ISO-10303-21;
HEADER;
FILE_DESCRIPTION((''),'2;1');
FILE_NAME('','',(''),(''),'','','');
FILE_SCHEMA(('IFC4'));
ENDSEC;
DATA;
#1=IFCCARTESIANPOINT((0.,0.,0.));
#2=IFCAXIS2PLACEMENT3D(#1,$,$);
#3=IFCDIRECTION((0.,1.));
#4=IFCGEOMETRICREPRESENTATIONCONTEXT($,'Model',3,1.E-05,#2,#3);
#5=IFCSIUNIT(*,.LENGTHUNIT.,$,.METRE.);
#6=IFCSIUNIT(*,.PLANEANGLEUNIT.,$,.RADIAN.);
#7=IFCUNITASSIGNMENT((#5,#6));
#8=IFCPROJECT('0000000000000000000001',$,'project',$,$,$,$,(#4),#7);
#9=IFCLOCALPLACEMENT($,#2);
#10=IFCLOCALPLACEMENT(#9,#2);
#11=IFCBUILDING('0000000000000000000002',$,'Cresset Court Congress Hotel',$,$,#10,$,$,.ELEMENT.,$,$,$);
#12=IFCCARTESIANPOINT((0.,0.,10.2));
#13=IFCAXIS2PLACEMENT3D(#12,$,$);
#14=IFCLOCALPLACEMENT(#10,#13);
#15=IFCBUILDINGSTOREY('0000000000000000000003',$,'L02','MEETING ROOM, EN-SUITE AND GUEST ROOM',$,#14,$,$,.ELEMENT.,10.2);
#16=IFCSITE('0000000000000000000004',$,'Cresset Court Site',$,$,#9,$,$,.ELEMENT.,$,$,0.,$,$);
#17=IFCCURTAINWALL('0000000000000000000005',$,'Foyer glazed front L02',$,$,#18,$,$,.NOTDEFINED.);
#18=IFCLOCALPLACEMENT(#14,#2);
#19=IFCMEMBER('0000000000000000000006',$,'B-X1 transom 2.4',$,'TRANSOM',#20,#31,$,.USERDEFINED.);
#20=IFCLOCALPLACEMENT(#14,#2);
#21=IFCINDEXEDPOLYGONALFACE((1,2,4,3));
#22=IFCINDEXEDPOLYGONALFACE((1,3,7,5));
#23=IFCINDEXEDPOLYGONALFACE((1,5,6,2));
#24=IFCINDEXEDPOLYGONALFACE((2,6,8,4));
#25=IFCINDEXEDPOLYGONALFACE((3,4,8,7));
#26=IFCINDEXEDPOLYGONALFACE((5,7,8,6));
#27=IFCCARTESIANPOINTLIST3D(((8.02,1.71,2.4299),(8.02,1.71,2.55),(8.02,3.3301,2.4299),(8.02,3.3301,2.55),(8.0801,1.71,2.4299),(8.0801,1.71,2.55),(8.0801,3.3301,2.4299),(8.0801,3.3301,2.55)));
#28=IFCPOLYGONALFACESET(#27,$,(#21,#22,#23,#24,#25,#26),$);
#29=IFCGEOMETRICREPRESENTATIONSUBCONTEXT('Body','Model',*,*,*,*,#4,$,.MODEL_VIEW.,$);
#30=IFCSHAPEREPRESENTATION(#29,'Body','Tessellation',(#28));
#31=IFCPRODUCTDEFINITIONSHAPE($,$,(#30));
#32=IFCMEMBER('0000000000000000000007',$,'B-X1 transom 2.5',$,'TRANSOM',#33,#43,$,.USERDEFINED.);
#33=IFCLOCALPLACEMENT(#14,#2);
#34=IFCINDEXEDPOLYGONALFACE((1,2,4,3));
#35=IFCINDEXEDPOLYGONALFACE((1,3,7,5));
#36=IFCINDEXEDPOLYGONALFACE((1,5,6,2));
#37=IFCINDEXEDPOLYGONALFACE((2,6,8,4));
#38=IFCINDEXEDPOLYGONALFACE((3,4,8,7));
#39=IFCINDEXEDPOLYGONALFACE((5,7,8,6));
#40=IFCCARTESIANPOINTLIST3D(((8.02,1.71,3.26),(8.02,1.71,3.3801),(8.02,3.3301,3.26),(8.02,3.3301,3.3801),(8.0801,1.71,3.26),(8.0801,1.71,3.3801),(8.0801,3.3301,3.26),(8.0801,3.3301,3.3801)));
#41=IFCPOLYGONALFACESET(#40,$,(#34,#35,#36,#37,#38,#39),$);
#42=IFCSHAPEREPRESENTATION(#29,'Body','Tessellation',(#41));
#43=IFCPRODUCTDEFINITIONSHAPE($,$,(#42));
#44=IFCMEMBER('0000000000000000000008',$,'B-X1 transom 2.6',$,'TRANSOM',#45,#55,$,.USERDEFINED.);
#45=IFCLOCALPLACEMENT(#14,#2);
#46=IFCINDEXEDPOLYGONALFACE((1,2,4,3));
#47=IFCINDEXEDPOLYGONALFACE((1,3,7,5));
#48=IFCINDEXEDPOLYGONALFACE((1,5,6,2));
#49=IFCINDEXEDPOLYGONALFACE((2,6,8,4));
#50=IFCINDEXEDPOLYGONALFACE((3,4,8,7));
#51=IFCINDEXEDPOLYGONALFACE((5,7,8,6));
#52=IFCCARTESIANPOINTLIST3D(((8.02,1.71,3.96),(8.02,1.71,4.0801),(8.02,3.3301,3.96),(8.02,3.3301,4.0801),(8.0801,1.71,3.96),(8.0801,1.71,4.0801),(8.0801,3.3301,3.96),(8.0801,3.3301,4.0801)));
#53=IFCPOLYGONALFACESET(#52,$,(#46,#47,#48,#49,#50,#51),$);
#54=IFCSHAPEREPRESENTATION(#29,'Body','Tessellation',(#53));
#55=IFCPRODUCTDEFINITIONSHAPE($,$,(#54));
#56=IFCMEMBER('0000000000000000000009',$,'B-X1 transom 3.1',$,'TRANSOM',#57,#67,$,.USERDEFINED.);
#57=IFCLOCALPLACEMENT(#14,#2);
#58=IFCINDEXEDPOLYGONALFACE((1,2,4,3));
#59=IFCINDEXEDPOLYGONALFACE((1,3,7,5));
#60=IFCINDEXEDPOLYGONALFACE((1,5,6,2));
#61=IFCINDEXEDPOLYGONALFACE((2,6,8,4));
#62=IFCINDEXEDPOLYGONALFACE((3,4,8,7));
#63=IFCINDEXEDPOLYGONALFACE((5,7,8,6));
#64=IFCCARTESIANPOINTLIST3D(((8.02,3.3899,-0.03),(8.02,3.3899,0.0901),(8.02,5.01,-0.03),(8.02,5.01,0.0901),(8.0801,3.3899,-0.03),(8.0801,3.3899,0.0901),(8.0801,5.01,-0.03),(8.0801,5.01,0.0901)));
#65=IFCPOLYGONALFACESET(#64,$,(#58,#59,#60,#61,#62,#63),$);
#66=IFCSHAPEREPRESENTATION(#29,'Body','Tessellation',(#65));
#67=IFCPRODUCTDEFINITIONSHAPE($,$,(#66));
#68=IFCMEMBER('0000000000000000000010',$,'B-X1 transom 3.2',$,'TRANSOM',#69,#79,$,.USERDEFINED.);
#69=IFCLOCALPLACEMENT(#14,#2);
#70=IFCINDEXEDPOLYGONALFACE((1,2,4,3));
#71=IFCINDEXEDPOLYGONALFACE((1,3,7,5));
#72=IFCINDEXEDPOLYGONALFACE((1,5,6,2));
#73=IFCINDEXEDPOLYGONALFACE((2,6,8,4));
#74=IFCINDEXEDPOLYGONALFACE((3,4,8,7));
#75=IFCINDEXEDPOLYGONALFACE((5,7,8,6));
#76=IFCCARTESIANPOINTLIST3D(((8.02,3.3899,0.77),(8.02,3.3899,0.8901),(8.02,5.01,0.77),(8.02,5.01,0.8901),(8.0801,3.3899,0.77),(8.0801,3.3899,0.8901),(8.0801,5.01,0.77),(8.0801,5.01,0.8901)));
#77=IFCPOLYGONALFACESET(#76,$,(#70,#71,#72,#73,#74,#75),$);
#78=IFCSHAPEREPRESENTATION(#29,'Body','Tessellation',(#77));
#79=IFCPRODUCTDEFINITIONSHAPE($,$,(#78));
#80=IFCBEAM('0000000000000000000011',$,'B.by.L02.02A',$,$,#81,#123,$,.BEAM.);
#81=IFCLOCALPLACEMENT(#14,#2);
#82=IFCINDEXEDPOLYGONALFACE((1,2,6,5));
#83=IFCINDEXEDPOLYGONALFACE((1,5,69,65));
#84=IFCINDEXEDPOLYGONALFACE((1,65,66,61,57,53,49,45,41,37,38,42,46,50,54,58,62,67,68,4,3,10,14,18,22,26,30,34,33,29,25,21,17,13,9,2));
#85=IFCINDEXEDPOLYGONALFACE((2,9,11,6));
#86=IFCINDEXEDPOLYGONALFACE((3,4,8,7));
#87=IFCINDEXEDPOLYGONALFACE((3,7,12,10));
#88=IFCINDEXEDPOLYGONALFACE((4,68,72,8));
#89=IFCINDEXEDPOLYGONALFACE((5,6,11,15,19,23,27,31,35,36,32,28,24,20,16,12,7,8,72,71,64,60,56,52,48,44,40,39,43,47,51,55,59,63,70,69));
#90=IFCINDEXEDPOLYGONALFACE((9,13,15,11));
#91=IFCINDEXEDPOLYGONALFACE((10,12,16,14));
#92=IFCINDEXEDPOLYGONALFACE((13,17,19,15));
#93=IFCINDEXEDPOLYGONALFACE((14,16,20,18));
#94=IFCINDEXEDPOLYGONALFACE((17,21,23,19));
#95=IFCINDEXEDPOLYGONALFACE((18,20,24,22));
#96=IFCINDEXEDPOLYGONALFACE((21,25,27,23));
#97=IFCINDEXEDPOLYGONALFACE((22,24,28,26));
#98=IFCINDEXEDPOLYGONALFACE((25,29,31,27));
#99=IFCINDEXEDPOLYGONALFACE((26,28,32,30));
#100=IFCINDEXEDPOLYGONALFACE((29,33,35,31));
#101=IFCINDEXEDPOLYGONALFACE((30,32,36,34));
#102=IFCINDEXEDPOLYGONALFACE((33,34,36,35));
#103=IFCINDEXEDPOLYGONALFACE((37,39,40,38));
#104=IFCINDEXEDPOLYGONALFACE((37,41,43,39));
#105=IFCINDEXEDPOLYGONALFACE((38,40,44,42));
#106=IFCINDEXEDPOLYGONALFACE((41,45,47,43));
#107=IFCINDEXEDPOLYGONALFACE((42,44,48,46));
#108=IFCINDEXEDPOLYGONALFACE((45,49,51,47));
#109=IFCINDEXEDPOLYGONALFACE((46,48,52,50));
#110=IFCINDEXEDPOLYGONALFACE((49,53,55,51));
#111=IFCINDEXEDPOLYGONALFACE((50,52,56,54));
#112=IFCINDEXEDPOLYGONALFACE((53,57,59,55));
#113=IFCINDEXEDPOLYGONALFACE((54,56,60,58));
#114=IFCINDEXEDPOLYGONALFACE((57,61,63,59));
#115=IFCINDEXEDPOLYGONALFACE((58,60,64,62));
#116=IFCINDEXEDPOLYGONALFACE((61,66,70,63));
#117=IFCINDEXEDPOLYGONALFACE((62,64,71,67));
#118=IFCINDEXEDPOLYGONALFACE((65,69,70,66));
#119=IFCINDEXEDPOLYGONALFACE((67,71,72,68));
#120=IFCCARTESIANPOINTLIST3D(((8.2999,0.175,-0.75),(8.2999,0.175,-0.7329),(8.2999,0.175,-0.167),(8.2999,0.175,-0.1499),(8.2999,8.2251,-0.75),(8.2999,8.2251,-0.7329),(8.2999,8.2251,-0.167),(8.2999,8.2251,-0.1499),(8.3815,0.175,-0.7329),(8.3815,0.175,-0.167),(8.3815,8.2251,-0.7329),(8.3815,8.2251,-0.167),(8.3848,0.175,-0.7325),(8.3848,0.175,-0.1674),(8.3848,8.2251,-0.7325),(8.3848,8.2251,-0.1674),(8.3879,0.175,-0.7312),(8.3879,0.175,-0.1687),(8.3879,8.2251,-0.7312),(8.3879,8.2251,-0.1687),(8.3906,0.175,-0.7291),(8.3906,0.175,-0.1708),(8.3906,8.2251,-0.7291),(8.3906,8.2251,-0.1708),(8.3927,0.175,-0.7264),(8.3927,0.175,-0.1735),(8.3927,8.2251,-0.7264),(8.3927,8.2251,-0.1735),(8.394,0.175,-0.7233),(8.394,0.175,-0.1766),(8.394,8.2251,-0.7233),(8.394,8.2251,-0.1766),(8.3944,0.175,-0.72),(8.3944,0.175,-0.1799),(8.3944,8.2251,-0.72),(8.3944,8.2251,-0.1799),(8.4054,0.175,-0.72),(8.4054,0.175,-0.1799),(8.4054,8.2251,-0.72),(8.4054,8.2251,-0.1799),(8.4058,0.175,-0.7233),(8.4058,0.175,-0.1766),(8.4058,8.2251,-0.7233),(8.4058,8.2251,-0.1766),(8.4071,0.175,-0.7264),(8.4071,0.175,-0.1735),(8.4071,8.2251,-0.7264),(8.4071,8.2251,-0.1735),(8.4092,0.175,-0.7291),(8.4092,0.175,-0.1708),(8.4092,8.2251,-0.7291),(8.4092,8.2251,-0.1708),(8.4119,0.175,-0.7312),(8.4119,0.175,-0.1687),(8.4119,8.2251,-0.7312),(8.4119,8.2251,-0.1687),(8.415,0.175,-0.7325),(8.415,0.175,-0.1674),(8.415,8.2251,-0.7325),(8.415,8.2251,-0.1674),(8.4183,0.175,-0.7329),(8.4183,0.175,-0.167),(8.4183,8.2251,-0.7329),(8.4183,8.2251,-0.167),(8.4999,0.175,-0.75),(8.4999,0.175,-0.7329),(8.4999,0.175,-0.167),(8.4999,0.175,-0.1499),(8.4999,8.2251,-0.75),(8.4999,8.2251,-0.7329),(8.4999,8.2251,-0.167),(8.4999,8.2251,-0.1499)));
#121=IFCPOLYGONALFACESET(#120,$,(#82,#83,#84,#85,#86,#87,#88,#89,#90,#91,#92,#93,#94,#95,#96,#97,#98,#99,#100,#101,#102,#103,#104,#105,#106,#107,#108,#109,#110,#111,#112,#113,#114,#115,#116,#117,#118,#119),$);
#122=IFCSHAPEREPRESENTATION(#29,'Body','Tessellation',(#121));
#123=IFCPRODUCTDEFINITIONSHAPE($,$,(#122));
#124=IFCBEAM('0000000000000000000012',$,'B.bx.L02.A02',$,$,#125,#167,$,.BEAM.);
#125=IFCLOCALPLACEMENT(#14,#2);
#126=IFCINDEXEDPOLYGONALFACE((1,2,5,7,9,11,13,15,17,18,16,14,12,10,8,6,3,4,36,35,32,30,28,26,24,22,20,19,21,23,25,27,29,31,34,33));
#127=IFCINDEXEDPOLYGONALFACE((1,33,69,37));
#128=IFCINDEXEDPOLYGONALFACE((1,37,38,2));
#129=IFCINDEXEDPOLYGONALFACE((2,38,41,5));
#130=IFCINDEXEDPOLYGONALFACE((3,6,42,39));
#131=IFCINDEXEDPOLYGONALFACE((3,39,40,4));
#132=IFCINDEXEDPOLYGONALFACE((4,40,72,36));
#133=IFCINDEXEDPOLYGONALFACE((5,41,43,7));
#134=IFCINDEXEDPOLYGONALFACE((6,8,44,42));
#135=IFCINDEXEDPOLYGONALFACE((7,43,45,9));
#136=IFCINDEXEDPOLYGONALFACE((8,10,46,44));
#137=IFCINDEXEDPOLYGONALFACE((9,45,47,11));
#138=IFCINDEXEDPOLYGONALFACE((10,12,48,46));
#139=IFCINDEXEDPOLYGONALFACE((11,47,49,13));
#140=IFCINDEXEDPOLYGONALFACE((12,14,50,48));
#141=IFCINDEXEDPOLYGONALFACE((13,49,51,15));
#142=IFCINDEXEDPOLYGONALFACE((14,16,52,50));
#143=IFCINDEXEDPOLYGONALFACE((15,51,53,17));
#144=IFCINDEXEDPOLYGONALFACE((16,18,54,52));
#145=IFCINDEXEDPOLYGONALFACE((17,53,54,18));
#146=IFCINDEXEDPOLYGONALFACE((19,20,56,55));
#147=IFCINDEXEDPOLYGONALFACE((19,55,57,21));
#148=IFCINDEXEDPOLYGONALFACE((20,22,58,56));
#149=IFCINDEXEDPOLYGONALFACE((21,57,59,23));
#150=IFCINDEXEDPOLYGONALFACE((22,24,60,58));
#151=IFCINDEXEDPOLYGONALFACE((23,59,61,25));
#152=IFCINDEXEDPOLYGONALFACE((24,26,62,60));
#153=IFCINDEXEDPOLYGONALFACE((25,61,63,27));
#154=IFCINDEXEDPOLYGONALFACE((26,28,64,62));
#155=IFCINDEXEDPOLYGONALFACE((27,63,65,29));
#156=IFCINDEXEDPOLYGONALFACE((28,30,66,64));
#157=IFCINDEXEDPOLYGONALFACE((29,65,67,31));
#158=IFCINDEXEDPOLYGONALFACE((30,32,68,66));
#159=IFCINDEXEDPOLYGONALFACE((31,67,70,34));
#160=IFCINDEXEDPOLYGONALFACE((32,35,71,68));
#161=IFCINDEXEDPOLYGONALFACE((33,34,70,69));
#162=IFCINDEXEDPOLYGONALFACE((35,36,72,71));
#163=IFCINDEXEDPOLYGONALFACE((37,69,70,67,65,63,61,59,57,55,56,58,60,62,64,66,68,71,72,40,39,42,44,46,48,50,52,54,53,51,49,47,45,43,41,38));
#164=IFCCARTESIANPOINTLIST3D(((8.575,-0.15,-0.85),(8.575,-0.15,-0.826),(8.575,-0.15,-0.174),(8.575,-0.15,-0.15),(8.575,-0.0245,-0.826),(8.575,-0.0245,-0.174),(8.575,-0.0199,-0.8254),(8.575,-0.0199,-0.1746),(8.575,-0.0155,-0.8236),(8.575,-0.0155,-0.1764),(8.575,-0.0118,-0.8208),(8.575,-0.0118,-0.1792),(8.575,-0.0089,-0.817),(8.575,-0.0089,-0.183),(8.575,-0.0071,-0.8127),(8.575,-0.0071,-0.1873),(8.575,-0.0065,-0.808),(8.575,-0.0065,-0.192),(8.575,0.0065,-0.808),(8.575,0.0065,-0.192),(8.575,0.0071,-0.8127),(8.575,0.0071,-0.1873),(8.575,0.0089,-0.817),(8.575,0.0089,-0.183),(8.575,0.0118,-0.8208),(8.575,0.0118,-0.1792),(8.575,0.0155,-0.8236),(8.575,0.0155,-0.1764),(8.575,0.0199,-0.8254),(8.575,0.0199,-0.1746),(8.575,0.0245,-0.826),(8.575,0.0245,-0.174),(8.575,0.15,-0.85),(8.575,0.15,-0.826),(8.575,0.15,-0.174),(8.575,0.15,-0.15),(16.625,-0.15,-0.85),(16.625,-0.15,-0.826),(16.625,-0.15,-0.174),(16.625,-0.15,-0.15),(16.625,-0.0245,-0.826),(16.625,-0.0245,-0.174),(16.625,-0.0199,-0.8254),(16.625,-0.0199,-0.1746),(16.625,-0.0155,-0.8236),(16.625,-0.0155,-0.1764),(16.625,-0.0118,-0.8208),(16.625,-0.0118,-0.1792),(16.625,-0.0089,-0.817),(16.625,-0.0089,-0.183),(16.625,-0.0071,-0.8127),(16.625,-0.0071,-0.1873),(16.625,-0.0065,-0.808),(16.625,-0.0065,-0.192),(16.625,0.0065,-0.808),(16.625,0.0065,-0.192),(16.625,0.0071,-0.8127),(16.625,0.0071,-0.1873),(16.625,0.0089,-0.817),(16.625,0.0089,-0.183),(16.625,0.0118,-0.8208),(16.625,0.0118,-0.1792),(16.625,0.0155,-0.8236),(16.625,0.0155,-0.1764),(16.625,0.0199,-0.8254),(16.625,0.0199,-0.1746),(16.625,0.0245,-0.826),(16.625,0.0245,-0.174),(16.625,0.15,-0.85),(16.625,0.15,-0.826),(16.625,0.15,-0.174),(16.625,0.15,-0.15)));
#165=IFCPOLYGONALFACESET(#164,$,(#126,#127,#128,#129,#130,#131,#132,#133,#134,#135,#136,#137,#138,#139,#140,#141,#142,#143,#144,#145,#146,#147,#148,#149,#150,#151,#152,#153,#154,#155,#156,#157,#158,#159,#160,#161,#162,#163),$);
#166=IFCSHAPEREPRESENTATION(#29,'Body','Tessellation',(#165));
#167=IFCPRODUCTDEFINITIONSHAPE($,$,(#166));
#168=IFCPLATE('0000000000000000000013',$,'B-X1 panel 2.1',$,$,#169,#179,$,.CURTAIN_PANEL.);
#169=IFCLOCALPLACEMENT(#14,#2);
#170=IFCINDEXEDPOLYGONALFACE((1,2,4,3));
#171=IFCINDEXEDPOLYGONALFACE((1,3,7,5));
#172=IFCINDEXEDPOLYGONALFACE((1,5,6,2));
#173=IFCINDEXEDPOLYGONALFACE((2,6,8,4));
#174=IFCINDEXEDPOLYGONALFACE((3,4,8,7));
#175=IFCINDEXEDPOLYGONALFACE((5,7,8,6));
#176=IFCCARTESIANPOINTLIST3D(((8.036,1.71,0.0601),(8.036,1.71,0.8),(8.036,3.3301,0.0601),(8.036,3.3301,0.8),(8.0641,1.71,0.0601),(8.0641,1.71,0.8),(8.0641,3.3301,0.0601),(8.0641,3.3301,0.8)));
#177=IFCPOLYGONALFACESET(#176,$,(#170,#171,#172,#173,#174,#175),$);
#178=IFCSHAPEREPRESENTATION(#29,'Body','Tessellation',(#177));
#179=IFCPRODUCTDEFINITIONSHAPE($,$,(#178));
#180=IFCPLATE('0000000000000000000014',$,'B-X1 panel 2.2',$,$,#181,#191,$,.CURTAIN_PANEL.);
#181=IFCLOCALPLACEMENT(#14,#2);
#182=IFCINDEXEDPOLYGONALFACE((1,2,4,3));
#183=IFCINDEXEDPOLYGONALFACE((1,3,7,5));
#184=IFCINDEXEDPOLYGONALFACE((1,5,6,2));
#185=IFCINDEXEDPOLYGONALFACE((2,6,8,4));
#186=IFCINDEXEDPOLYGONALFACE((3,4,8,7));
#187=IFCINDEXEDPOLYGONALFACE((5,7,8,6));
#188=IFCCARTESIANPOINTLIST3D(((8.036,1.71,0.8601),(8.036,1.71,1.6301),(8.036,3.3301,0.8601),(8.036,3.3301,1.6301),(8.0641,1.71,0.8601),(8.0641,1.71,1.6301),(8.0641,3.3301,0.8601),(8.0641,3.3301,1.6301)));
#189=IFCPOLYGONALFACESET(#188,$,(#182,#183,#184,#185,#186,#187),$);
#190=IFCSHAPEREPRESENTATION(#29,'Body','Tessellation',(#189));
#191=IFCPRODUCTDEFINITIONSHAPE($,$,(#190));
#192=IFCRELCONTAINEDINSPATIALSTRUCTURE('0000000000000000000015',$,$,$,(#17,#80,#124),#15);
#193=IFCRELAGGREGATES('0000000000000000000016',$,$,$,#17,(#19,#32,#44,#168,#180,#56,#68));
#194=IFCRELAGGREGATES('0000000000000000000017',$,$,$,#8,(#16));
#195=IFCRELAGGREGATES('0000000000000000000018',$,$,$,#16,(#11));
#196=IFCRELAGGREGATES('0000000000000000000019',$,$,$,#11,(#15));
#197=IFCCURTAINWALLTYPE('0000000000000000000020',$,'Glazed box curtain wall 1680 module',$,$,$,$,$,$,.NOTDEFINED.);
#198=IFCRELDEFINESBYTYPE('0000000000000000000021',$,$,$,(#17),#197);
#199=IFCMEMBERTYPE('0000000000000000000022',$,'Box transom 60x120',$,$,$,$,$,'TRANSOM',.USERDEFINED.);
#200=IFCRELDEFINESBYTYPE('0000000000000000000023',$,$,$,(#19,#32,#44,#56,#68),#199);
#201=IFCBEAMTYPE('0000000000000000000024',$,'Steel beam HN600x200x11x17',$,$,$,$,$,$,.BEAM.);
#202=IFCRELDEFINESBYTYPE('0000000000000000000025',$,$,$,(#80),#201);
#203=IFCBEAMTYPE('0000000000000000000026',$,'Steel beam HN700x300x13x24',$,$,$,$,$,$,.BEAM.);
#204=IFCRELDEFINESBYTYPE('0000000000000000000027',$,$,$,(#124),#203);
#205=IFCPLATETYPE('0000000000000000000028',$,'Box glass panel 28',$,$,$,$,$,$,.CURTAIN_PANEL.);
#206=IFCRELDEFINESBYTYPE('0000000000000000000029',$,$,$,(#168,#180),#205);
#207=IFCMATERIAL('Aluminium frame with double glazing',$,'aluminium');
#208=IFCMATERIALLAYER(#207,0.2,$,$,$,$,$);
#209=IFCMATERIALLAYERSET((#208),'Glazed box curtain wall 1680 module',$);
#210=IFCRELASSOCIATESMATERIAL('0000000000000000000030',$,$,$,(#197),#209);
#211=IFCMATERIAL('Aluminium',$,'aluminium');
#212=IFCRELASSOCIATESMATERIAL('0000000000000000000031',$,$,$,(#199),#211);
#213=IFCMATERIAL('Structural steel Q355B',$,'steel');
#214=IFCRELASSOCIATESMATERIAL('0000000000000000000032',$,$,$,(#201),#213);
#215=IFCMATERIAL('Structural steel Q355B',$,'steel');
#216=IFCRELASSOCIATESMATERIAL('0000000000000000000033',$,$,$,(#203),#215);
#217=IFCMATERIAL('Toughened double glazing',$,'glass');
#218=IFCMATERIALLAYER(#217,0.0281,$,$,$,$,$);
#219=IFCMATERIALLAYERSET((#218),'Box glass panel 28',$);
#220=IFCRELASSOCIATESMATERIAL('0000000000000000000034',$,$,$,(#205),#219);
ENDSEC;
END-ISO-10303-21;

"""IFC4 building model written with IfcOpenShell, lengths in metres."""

from ifc_helpers import new_model, si_unit, direction, frame, origin, origin_2d, place, context, subcontext, project, spatial, rectangle, i_section, extrude, material, layer, layer_set, material_profile, profile_set, type_object, element, aggregate, save


model = new_model("IFC4")

# Units and contexts
model_context = context("Model", 3, precision=1e-05, world=origin(), true_north=direction((0.0, 1.0)))
body_context = subcontext(model_context, "Body", "Model", "MODEL_VIEW")
ifc_project = project(units=[si_unit("LENGTHUNIT", "METRE"), si_unit("PLANEANGLEUNIT", "RADIAN")], contexts=[model_context])

# Site, building, storey
site_placement = place(None, origin())
site = spatial("IfcSite", under=ifc_project, at=site_placement, Name="Cresset Court Site", CompositionType="ELEMENT", RefElevation=0.0)
building_placement = place(site_placement, origin())
building = spatial("IfcBuilding", under=site, at=building_placement, Name="Cresset Court Congress Hotel", CompositionType="ELEMENT")
storey_placement = place(building_placement, frame((0.0, 0.0, 10.2)))
storey = spatial("IfcBuildingStorey", under=building, at=storey_placement, Name="L02", Description="MEETING ROOM, EN-SUITE AND GUEST ROOM", CompositionType="ELEMENT", Elevation=10.2)

# Shared definitions
ifc_material_1 = material(Name="Aluminium frame with double glazing", Category="aluminium")
ifc_layer_1 = layer(ifc_material_1, 0.2)
ifc_layer_set_1 = layer_set([ifc_layer_1], Name="Glazed box curtain wall 1680 module")
curtain_wall_type = type_object("IfcCurtainWallType", Name="Glazed box curtain wall 1680 module", PredefinedType="NOTDEFINED", material=ifc_layer_set_1)

# Curtain wall
curtain_wall_1_placement = place(storey_placement, origin())
curtain_wall_1 = element("IfcCurtainWall", 1, at=curtain_wall_1_placement, inside=storey, type_object=curtain_wall_type, Name="Foyer glazed front L02", PredefinedType="NOTDEFINED")

# Members
ifc_material_2 = material(Name="Aluminium", Category="aluminium")
ifc_material_profile_1 = material_profile(ifc_material_2, rectangle(XDim=0.0601, YDim=0.1201, at=origin_2d()), Name="Box transom 60x120")
ifc_profile_set_1 = profile_set([ifc_material_profile_1], Name="Aluminium")
member_type_1 = type_object("IfcMemberType", Name="Box transom 60x120", ElementType="TRANSOM", PredefinedType="USERDEFINED", material=ifc_profile_set_1)
member_1_placement = place(storey_placement, frame((8.05, 1.71, 2.49), z_axis=(0.0, 1.0, 0.0), x_axis=(-1.0, 0.0, 0.0)))
member_1 = element("IfcMember", 2, at=member_1_placement, type_object=member_type_1, Name="B-X1 transom 2.4", ObjectType="TRANSOM", PredefinedType="USERDEFINED", context=body_context, shape_type="SweptSolid", body=[
    extrude(rectangle(XDim=0.0601, YDim=0.1201, at=origin_2d()), origin(), (0.0, 0.0, 1.0), 1.6201),
])
member_2_placement = place(storey_placement, frame((8.05, 1.71, 3.3201), z_axis=(0.0, 1.0, 0.0), x_axis=(-1.0, 0.0, 0.0)))
member_2 = element("IfcMember", 3, at=member_2_placement, type_object=member_type_1, Name="B-X1 transom 2.5", ObjectType="TRANSOM", PredefinedType="USERDEFINED", context=body_context, shape_type="SweptSolid", body=[
    extrude(rectangle(XDim=0.0601, YDim=0.1201, at=origin_2d()), origin(), (0.0, 0.0, 1.0), 1.6201),
])
member_3_placement = place(storey_placement, frame((8.05, 1.71, 4.02), z_axis=(0.0, 1.0, 0.0), x_axis=(-1.0, 0.0, 0.0)))
member_3 = element("IfcMember", 4, at=member_3_placement, type_object=member_type_1, Name="B-X1 transom 2.6", ObjectType="TRANSOM", PredefinedType="USERDEFINED", context=body_context, shape_type="SweptSolid", body=[
    extrude(rectangle(XDim=0.0601, YDim=0.1201, at=origin_2d()), origin(), (0.0, 0.0, 1.0), 1.6201),
])
member_4_placement = place(storey_placement, frame((8.05, 3.3899, 0.03), z_axis=(0.0, 1.0, 0.0), x_axis=(-1.0, 0.0, 0.0)))
member_4 = element("IfcMember", 5, at=member_4_placement, type_object=member_type_1, Name="B-X1 transom 3.1", ObjectType="TRANSOM", PredefinedType="USERDEFINED", context=body_context, shape_type="SweptSolid", body=[
    extrude(rectangle(XDim=0.0601, YDim=0.1201, at=origin_2d()), origin(), (0.0, 0.0, 1.0), 1.6201),
])
member_5_placement = place(storey_placement, frame((8.05, 3.3899, 0.8301), z_axis=(0.0, 1.0, 0.0), x_axis=(-1.0, 0.0, 0.0)))
member_5 = element("IfcMember", 6, at=member_5_placement, type_object=member_type_1, Name="B-X1 transom 3.2", ObjectType="TRANSOM", PredefinedType="USERDEFINED", context=body_context, shape_type="SweptSolid", body=[
    extrude(rectangle(XDim=0.0601, YDim=0.1201, at=origin_2d()), origin(), (0.0, 0.0, 1.0), 1.6201),
])

# Beams
ifc_material_3 = material(Name="Structural steel Q355B", Category="steel")
ifc_material_profile_2 = material_profile(ifc_material_3, i_section(OverallWidth=0.2, OverallDepth=0.6001, WebThickness=0.011, FlangeThickness=0.0171, FilletRadius=0.0129, at=origin_2d()), Name="HN600x200x11x17")
ifc_profile_set_2 = profile_set([ifc_material_profile_2], Name="Structural steel Q355B")
beam_type_1 = type_object("IfcBeamType", Name="Steel beam HN600x200x11x17", PredefinedType="BEAM", material=ifc_profile_set_2)
beam_1_placement = place(storey_placement, frame((8.3999, 0.175, -0.45), z_axis=(0.0, 1.0, 0.0), x_axis=(-1.0, 0.0, 0.0)))
element("IfcBeam", 7, at=beam_1_placement, inside=storey, type_object=beam_type_1, Name="B.by.L02.02A", PredefinedType="BEAM", context=body_context, shape_type="SweptSolid", body=[
    extrude(i_section(OverallWidth=0.2, OverallDepth=0.6001, WebThickness=0.011, FlangeThickness=0.0171, FilletRadius=0.0129, at=origin_2d()), origin(), (0.0, 0.0, 1.0), 8.05),
])
ifc_material_4 = material(Name="Structural steel Q355B", Category="steel")
ifc_material_profile_3 = material_profile(ifc_material_4, i_section(OverallWidth=0.3, OverallDepth=0.7, WebThickness=0.0129, FlangeThickness=0.0239, FilletRadius=0.0181, at=origin_2d()), Name="HN700x300x13x24")
ifc_profile_set_3 = profile_set([ifc_material_profile_3], Name="Structural steel Q355B")
beam_type_2 = type_object("IfcBeamType", Name="Steel beam HN700x300x13x24", PredefinedType="BEAM", material=ifc_profile_set_3)
beam_2_placement = place(storey_placement, frame((8.575, 0.0, -0.5), z_axis=(1.0, 0.0, 0.0), x_axis=(0.0, 1.0, 0.0)))
element("IfcBeam", 8, at=beam_2_placement, inside=storey, type_object=beam_type_2, Name="B.bx.L02.A02", PredefinedType="BEAM", context=body_context, shape_type="SweptSolid", body=[
    extrude(i_section(OverallWidth=0.3, OverallDepth=0.7, WebThickness=0.0129, FlangeThickness=0.0239, FilletRadius=0.0181, at=origin_2d()), origin(), (0.0, 0.0, 1.0), 8.05),
])

# Plates
ifc_material_5 = material(Name="Toughened double glazing", Category="glass")
ifc_layer_2 = layer(ifc_material_5, 0.0281)
ifc_layer_set_2 = layer_set([ifc_layer_2], Name="Box glass panel 28")
plate_type_1 = type_object("IfcPlateType", Name="Box glass panel 28", PredefinedType="CURTAIN_PANEL", material=ifc_layer_set_2)
plate_1_placement = place(storey_placement, frame((8.05, 2.52, 0.0601), z_axis=(0.0, 0.0, 1.0), x_axis=(0.0, 1.0, 0.0)))
plate_1 = element("IfcPlate", 9, at=plate_1_placement, type_object=plate_type_1, Name="B-X1 panel 2.1", PredefinedType="CURTAIN_PANEL", context=body_context, shape_type="SweptSolid", body=[
    extrude(rectangle(XDim=1.6201, YDim=0.0281, at=origin_2d()), origin(), (0.0, 0.0, 1.0), 0.74),
])
plate_2_placement = place(storey_placement, frame((8.05, 2.52, 0.8601), z_axis=(0.0, 0.0, 1.0), x_axis=(0.0, 1.0, 0.0)))
plate_2 = element("IfcPlate", 10, at=plate_2_placement, type_object=plate_type_1, Name="B-X1 panel 2.2", PredefinedType="CURTAIN_PANEL", context=body_context, shape_type="SweptSolid", body=[
    extrude(rectangle(XDim=1.6201, YDim=0.0281, at=origin_2d()), origin(), (0.0, 0.0, 1.0), 0.77),
])
aggregate(curtain_wall_1, [member_1, member_2, member_3, plate_1, plate_2, member_4, member_5])

save(model, "model.ifc")
